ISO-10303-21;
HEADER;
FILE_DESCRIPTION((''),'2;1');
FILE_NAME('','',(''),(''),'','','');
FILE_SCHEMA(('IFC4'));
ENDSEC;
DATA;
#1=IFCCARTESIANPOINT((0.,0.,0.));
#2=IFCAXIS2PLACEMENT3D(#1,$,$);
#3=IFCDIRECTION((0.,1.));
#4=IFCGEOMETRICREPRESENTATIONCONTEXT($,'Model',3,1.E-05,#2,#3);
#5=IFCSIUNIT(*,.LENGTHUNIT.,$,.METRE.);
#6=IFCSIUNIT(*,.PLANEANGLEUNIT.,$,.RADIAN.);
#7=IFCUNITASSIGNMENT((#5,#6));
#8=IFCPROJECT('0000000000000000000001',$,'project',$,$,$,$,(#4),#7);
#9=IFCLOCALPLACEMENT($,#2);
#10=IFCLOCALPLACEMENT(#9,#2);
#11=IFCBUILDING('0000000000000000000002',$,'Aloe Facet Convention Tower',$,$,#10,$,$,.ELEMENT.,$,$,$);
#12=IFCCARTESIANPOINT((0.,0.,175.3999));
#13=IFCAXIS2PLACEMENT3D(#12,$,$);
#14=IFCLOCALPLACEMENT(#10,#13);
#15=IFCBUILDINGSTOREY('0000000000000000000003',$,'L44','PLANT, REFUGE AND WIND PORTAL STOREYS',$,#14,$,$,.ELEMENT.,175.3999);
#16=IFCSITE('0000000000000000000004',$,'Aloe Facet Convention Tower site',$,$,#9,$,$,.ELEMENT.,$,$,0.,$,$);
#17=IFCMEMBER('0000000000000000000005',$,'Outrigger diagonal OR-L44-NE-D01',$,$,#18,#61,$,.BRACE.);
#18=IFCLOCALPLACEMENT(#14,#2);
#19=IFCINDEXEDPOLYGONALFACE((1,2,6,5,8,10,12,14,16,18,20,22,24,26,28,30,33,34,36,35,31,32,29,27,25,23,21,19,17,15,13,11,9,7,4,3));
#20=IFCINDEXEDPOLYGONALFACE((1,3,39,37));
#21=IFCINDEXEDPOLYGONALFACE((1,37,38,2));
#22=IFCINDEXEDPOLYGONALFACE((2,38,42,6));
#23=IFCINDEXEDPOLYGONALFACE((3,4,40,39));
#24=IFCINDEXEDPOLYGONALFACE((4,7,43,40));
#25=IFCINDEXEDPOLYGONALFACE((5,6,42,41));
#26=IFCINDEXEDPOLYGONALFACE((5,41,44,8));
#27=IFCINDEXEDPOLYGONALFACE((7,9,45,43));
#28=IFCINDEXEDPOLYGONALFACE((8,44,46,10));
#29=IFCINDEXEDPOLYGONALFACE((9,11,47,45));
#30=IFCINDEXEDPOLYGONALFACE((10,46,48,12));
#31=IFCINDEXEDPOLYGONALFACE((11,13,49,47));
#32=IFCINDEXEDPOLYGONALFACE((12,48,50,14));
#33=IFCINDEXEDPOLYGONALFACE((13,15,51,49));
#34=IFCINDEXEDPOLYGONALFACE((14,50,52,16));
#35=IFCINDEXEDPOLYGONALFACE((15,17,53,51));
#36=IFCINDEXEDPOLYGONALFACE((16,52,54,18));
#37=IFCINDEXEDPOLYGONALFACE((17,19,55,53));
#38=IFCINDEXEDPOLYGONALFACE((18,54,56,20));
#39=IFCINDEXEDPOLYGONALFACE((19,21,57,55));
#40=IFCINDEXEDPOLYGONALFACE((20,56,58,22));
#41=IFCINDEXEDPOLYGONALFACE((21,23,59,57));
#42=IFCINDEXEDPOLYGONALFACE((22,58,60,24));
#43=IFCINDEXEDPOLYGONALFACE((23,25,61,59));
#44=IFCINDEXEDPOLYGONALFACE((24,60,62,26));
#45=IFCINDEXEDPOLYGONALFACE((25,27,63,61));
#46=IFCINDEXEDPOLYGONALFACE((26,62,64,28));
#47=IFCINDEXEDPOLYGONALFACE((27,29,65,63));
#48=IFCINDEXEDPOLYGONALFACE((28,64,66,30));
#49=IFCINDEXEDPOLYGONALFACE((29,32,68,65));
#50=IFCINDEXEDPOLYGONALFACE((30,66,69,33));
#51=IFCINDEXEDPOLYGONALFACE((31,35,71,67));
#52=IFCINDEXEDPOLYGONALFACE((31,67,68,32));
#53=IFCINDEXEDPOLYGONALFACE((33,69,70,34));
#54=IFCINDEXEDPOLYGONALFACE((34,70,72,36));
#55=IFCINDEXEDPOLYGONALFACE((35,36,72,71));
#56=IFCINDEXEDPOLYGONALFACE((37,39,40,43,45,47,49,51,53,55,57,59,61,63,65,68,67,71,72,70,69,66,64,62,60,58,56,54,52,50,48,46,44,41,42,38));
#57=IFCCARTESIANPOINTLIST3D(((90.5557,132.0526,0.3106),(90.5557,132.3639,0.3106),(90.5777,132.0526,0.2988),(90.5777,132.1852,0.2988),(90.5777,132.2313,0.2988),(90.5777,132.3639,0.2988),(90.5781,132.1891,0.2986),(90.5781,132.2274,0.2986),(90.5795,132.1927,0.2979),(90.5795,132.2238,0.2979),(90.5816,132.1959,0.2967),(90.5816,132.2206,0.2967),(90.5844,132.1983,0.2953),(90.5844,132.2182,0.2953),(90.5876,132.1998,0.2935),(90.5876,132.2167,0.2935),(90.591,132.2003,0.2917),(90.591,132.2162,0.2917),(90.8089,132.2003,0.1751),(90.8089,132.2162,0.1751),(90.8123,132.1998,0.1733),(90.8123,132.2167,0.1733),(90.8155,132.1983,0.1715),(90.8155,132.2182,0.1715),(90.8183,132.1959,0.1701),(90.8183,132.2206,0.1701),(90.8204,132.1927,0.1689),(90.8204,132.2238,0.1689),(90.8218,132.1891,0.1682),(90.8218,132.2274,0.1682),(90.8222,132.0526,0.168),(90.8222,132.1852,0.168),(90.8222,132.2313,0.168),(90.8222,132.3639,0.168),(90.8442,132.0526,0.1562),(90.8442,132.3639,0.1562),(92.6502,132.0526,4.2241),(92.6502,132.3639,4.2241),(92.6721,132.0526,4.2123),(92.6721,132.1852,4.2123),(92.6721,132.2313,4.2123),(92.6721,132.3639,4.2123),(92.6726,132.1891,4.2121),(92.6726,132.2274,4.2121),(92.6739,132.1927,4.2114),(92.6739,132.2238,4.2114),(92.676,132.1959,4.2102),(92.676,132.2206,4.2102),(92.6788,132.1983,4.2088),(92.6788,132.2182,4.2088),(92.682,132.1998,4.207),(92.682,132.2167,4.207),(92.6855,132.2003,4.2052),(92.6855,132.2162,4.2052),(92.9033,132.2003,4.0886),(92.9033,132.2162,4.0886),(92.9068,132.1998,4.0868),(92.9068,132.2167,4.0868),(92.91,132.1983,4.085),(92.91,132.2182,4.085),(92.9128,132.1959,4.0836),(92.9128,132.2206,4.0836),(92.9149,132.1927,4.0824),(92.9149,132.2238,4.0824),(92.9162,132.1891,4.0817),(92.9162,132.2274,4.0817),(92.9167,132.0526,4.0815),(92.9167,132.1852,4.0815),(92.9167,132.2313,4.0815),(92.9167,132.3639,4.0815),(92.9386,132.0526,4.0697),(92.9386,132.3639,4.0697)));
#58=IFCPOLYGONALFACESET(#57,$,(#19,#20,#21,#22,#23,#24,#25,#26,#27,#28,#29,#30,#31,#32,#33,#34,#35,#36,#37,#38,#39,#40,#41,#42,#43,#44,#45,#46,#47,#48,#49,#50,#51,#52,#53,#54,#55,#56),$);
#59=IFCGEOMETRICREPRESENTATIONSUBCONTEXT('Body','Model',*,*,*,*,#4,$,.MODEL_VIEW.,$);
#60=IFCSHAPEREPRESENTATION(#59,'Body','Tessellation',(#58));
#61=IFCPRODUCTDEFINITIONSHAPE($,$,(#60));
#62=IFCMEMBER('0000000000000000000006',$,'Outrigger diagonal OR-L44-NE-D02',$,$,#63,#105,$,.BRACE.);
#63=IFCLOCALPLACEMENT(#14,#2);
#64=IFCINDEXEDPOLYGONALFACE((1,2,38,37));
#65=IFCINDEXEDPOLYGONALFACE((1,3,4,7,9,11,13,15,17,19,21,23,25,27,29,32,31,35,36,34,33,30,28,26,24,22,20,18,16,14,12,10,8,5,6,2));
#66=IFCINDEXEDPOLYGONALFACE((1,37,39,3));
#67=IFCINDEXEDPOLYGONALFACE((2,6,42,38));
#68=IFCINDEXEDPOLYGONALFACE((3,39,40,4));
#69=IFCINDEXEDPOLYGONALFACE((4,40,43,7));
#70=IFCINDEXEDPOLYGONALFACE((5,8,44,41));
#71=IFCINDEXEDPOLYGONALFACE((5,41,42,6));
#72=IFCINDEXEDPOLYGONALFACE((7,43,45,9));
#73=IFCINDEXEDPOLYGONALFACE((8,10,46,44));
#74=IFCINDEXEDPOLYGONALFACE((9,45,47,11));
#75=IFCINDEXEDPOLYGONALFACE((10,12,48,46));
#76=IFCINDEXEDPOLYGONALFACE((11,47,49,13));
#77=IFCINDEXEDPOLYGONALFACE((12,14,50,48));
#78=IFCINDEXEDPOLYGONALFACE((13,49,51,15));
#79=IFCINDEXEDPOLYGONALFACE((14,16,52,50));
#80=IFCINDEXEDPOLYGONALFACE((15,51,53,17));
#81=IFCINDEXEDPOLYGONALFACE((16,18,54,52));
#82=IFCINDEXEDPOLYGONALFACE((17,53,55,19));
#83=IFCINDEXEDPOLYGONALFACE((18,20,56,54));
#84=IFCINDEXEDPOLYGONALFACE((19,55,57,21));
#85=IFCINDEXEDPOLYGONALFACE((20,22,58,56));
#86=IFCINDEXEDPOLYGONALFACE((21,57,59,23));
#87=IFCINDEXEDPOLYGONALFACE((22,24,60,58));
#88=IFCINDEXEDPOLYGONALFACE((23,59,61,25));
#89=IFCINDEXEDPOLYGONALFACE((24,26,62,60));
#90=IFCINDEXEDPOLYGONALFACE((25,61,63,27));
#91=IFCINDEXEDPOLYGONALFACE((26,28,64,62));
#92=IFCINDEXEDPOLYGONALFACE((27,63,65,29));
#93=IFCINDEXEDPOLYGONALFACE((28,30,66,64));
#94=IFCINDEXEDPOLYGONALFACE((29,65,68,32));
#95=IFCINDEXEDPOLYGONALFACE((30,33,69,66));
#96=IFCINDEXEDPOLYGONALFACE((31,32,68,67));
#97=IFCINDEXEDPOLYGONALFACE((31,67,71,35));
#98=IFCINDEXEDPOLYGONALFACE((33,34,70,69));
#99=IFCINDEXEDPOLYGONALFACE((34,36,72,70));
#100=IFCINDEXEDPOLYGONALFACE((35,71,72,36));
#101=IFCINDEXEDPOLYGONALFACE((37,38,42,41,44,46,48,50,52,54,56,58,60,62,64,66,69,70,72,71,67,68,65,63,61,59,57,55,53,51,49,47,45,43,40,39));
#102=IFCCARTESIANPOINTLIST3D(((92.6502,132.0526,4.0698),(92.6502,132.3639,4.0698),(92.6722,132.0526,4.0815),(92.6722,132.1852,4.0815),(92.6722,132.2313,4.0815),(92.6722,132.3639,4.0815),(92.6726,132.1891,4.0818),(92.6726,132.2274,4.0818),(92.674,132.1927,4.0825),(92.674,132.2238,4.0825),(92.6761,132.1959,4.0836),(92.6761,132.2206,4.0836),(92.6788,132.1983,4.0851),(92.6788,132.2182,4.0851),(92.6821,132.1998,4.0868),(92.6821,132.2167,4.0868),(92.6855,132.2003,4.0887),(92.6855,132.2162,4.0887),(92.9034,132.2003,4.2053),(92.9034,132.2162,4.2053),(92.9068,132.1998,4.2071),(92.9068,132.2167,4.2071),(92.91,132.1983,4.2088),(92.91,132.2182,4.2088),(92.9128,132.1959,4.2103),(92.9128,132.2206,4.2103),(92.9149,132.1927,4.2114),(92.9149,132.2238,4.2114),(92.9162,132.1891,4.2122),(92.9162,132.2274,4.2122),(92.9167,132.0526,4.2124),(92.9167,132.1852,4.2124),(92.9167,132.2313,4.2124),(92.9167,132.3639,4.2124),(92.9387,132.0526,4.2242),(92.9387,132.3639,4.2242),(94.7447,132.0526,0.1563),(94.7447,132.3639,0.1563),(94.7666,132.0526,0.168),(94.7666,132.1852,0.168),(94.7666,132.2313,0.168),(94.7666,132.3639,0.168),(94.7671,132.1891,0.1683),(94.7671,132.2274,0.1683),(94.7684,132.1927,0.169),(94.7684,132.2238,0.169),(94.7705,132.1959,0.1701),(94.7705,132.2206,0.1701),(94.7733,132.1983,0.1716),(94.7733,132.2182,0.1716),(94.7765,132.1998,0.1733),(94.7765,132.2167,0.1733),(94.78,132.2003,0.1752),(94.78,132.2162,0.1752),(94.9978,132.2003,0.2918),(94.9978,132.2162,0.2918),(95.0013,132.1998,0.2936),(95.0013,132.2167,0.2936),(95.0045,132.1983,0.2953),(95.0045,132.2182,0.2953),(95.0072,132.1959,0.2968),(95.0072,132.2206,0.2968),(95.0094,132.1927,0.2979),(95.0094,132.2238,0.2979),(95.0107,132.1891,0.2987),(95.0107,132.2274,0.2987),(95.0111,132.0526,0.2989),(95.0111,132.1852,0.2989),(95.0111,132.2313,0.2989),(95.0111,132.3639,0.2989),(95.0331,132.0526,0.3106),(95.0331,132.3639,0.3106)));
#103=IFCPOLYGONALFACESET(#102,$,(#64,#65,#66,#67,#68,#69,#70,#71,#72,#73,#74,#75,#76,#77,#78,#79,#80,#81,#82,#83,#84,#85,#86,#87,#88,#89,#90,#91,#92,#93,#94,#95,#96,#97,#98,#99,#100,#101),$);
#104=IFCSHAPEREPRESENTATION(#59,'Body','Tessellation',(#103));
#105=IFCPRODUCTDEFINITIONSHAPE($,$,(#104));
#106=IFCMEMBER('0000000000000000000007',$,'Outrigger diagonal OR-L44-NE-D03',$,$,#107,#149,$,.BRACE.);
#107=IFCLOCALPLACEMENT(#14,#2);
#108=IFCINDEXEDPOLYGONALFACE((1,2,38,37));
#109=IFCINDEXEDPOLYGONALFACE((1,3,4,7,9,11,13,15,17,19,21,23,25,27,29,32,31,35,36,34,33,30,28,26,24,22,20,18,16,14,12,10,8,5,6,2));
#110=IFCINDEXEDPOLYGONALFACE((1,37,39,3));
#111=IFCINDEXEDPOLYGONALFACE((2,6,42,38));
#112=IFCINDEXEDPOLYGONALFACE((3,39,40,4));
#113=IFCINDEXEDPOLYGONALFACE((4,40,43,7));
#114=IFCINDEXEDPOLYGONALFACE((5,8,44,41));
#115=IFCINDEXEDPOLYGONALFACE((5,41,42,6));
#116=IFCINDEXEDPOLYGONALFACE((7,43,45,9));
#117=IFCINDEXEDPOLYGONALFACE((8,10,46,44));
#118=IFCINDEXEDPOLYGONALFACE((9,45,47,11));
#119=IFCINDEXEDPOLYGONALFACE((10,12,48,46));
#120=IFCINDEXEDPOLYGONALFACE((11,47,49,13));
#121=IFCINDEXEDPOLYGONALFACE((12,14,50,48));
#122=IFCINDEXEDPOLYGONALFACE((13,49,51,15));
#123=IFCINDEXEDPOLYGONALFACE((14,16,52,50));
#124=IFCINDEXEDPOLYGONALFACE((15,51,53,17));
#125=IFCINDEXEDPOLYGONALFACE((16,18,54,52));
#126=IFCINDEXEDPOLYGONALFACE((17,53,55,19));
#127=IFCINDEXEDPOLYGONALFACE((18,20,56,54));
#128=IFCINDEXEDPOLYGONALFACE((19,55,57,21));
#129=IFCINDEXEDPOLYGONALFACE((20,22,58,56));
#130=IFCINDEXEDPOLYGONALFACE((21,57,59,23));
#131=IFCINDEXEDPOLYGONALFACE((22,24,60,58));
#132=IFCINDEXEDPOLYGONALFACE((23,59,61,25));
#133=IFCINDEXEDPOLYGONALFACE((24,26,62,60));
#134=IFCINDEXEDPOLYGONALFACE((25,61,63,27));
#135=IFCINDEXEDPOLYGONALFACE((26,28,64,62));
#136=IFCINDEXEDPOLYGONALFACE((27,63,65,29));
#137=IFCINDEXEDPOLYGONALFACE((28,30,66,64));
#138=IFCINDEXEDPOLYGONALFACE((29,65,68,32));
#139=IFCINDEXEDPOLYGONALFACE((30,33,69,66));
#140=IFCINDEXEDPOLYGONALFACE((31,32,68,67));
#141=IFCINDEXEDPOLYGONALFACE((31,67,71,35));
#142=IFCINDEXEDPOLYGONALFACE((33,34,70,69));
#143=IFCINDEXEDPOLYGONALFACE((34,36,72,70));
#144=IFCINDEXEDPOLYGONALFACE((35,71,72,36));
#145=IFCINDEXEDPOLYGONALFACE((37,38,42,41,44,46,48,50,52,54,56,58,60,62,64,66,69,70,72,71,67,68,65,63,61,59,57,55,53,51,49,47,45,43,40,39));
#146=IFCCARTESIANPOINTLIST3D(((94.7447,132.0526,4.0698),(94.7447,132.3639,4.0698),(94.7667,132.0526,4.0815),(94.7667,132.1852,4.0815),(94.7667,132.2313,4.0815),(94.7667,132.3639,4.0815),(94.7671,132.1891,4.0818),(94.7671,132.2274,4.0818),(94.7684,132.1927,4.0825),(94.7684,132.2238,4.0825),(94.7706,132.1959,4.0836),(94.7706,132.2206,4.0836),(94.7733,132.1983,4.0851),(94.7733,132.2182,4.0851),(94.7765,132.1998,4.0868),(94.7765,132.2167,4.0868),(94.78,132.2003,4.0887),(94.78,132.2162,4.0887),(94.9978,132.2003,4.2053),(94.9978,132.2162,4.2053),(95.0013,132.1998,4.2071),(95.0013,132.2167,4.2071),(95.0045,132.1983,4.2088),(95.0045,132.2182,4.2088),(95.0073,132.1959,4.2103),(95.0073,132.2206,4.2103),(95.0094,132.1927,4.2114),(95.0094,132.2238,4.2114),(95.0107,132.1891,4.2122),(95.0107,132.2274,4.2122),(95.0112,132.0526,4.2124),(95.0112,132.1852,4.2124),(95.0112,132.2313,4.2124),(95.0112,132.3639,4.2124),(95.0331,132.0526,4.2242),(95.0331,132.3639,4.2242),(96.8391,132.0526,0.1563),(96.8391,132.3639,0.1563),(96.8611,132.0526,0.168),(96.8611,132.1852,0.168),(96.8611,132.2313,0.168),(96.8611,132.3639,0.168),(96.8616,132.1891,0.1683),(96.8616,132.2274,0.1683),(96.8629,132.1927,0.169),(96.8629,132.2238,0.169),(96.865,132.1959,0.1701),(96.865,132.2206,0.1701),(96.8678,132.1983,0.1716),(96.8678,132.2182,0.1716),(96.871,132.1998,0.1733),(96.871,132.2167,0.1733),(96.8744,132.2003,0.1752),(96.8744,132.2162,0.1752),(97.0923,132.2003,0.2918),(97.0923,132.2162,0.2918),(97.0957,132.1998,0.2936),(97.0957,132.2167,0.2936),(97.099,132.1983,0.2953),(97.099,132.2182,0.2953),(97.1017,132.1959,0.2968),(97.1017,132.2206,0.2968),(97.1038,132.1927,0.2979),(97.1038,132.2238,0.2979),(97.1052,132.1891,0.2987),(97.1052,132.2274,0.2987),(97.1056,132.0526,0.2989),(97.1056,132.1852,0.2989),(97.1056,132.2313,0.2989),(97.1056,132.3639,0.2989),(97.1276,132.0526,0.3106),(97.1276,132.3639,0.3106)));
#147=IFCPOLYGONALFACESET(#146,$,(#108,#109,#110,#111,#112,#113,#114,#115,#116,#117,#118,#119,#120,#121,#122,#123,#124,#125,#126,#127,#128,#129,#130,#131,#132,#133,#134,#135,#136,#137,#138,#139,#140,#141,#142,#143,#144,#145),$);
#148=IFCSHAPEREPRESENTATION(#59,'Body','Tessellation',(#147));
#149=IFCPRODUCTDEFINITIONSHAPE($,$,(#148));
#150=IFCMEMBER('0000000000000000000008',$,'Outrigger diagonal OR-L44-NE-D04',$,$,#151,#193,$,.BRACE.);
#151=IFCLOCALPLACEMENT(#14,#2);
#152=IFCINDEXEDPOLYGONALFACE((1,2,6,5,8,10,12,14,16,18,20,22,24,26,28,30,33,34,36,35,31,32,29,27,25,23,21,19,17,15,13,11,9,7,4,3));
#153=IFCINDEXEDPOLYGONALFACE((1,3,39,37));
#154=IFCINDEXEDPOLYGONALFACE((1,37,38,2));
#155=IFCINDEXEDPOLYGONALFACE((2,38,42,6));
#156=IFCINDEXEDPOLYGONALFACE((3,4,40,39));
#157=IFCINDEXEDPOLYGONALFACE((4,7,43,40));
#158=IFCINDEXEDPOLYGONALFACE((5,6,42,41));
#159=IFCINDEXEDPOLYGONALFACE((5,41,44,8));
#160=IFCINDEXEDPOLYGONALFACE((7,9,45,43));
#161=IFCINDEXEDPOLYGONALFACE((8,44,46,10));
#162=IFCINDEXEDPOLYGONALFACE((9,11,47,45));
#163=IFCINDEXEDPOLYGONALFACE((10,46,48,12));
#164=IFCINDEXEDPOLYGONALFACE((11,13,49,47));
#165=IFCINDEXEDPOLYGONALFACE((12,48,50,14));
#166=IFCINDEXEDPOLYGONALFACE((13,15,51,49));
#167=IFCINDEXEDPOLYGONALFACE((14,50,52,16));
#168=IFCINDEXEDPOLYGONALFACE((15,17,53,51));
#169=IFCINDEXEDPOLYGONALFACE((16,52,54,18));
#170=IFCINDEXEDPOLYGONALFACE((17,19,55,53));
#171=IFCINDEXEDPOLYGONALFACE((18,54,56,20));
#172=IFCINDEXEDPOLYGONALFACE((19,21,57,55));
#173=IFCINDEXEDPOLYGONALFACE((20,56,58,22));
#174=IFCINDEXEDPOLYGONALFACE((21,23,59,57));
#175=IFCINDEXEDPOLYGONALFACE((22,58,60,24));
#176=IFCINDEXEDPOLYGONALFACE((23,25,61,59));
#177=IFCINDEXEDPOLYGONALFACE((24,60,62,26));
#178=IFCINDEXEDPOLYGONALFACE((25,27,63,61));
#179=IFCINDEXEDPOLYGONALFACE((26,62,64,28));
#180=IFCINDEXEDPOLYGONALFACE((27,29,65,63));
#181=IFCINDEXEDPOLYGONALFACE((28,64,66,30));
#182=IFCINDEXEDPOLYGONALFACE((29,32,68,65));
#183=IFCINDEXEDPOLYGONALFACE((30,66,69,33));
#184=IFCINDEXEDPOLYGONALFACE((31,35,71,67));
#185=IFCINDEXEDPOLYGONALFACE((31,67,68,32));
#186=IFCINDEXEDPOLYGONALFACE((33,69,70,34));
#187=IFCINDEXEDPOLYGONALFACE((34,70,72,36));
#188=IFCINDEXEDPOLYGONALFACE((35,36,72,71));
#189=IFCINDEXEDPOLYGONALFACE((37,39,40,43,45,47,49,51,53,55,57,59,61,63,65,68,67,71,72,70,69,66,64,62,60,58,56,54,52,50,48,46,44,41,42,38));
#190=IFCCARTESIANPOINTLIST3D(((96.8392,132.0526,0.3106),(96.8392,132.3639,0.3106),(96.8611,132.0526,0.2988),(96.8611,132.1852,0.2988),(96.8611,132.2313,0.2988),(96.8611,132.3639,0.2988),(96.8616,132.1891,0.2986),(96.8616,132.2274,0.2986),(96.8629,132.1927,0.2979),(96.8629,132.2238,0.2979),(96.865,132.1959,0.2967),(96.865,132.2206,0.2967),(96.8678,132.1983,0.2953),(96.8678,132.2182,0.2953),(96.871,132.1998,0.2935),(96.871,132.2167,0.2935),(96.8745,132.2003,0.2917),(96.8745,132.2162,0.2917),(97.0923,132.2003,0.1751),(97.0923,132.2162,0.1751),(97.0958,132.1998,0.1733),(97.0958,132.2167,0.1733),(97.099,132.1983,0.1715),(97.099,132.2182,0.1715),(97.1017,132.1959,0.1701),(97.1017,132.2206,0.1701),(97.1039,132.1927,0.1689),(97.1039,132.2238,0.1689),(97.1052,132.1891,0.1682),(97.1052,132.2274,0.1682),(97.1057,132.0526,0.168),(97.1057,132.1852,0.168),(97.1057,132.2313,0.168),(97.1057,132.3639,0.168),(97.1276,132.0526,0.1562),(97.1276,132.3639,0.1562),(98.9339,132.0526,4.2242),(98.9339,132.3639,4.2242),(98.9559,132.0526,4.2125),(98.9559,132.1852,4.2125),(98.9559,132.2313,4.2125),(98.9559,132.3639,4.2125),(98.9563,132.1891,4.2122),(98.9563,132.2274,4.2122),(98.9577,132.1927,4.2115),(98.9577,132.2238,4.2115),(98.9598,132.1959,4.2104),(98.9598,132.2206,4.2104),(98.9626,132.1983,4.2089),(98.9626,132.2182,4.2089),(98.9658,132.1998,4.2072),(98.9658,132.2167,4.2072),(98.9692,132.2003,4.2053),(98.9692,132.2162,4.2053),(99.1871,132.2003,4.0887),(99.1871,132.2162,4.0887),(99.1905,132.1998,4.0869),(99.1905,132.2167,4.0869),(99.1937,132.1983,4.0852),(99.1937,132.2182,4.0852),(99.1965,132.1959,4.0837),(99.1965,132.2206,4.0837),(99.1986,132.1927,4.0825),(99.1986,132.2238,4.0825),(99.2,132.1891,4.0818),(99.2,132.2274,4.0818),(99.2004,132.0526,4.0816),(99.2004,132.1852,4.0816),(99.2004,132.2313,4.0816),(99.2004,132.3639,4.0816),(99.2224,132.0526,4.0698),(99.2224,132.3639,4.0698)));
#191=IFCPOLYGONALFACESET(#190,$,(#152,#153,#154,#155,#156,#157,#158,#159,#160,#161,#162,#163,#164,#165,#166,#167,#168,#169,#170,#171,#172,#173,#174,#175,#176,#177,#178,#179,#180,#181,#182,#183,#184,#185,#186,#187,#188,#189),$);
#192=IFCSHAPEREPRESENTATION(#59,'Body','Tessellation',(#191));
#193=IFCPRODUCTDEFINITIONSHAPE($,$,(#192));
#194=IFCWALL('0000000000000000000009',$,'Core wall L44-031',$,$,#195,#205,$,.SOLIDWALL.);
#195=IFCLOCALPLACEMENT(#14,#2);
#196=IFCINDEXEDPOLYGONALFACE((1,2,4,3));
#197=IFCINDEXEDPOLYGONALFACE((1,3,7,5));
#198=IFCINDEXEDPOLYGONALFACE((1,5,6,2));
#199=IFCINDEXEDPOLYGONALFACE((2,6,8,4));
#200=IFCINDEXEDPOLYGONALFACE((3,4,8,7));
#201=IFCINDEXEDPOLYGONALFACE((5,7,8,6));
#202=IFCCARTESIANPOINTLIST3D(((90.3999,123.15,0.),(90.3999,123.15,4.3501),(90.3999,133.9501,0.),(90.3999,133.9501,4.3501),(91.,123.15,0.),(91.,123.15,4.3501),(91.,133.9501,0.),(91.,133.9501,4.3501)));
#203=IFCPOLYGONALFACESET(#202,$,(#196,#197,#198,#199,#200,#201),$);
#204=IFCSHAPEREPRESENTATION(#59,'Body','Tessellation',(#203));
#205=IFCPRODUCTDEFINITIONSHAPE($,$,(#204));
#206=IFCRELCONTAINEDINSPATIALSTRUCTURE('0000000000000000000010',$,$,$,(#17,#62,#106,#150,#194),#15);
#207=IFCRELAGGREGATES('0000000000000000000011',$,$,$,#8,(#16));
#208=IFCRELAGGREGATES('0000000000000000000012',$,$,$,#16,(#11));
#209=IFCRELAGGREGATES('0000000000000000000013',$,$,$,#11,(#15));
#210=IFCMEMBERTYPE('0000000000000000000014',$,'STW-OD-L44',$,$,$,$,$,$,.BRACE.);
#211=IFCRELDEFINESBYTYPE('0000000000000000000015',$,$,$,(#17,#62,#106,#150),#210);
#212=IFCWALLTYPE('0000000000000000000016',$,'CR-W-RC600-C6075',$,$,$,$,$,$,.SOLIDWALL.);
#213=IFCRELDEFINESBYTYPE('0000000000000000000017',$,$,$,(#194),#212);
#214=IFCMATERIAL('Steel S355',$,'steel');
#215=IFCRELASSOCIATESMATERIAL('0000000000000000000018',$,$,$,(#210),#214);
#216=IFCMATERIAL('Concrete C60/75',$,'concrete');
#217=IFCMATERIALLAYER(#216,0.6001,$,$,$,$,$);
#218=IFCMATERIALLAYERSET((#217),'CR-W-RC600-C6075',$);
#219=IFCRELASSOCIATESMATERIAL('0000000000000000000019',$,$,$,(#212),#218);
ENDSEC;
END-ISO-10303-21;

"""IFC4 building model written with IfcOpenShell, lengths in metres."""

from ifc_helpers import new_model, si_unit, direction, frame, frame_2d, origin, origin_2d, place, context, subcontext, project, spatial, rectangle, i_section, extrude, material, layer, layer_set, material_profile, profile_set, type_object, element, save


model = new_model("IFC4")

# Units and contexts
model_context = context("Model", 3, precision=1e-05, world=origin(), true_north=direction((0.0, 1.0)))
body_context = subcontext(model_context, "Body", "Model", "MODEL_VIEW")
ifc_project = project(units=[si_unit("LENGTHUNIT", "METRE"), si_unit("PLANEANGLEUNIT", "RADIAN")], contexts=[model_context])

# Site, building, storey
site_placement = place(None, origin())
site = spatial("IfcSite", under=ifc_project, at=site_placement, Name="Aloe Facet Convention Tower site", CompositionType="ELEMENT", RefElevation=0.0)
building_placement = place(site_placement, origin())
building = spatial("IfcBuilding", under=site, at=building_placement, Name="Aloe Facet Convention Tower", CompositionType="ELEMENT")
storey_placement = place(building_placement, frame((0.0, 0.0, 175.3999)))
storey = spatial("IfcBuildingStorey", under=building, at=storey_placement, Name="L44", Description="PLANT, REFUGE AND WIND PORTAL STOREYS", CompositionType="ELEMENT", Elevation=175.3999)

# Members
ifc_material_1 = material(Name="Steel S355", Category="steel")
ifc_material_profile_1 = material_profile(ifc_material_1, i_section(OverallWidth=0.3113, OverallDepth=0.3271, WebThickness=0.0159, FlangeThickness=0.0249, FilletRadius=0.0151, at=origin_2d()), Name="UC 305x305x158")
ifc_profile_set_1 = profile_set([ifc_material_profile_1], Name="Steel S355")
member_type_1 = type_object("IfcMemberType", Name="STW-OD-L44", PredefinedType="BRACE", material=ifc_profile_set_1)
for number, where, z_axis, x_axis, name in (
    (1, (90.7, 132.2083, 0.2334), (0.471858, 0.0, 0.881674), (0.0, 1.0, 0.0), "Outrigger diagonal OR-L44-NE-D01"),
    (2, (92.7944, 132.2083, 4.147), (0.471858, 0.0, -0.881674), (0.0, 1.0, 0.0), "Outrigger diagonal OR-L44-NE-D02"),
    (3, (94.8889, 132.2083, 4.147), (0.471858, 0.0, -0.881674), (0.0, 1.0, 0.0), "Outrigger diagonal OR-L44-NE-D03"),
):
    element("IfcMember", number, at=place(storey_placement, frame(where, z_axis=z_axis, x_axis=x_axis)), inside=storey, type_object=member_type_1, Name=name, PredefinedType="BRACE", context=body_context, shape_type="SweptSolid", body=[
        extrude(i_section(OverallWidth=0.3113, OverallDepth=0.3271, WebThickness=0.0159, FlangeThickness=0.0249, FilletRadius=0.0151, at=origin_2d()), origin(), (0.0, 0.0, 1.0), 4.4387),
    ])
member_1_placement = place(storey_placement, frame((96.9834, 132.2083, 0.2334), z_axis=(0.471901, 0.0, 0.881652), x_axis=(0.0, 1.0, 0.0)))
element("IfcMember", 4, at=member_1_placement, inside=storey, type_object=member_type_1, Name="Outrigger diagonal OR-L44-NE-D04", PredefinedType="BRACE", context=body_context, shape_type="SweptSolid", body=[
    extrude(i_section(OverallWidth=0.3113, OverallDepth=0.3271, WebThickness=0.0159, FlangeThickness=0.0249, FilletRadius=0.0151, at=origin_2d()), origin(), (0.0, 0.0, 1.0), 4.439),
])

# Wall
ifc_material_2 = material(Name="Concrete C60/75", Category="concrete")
ifc_layer_1 = layer(ifc_material_2, 0.6001)
ifc_layer_set_1 = layer_set([ifc_layer_1], Name="CR-W-RC600-C6075")
wall_type = type_object("IfcWallType", Name="CR-W-RC600-C6075", PredefinedType="SOLIDWALL", material=ifc_layer_set_1)
wall_placement = place(storey_placement, frame((90.7, 133.95, 0.0), z_axis=(0.0, 0.0, 1.0), x_axis=(0.0, -1.0, 0.0)))
element("IfcWall", 5, at=wall_placement, inside=storey, type_object=wall_type, Name="Core wall L44-031", PredefinedType="SOLIDWALL", context=body_context, shape_type="SweptSolid", body=[
    extrude(rectangle(XDim=10.8, YDim=0.6001, at=frame_2d((5.3999, 0.0))), origin(), (0.0, 0.0, 1.0), 4.3501),
])

save(model, "model.ifc")
